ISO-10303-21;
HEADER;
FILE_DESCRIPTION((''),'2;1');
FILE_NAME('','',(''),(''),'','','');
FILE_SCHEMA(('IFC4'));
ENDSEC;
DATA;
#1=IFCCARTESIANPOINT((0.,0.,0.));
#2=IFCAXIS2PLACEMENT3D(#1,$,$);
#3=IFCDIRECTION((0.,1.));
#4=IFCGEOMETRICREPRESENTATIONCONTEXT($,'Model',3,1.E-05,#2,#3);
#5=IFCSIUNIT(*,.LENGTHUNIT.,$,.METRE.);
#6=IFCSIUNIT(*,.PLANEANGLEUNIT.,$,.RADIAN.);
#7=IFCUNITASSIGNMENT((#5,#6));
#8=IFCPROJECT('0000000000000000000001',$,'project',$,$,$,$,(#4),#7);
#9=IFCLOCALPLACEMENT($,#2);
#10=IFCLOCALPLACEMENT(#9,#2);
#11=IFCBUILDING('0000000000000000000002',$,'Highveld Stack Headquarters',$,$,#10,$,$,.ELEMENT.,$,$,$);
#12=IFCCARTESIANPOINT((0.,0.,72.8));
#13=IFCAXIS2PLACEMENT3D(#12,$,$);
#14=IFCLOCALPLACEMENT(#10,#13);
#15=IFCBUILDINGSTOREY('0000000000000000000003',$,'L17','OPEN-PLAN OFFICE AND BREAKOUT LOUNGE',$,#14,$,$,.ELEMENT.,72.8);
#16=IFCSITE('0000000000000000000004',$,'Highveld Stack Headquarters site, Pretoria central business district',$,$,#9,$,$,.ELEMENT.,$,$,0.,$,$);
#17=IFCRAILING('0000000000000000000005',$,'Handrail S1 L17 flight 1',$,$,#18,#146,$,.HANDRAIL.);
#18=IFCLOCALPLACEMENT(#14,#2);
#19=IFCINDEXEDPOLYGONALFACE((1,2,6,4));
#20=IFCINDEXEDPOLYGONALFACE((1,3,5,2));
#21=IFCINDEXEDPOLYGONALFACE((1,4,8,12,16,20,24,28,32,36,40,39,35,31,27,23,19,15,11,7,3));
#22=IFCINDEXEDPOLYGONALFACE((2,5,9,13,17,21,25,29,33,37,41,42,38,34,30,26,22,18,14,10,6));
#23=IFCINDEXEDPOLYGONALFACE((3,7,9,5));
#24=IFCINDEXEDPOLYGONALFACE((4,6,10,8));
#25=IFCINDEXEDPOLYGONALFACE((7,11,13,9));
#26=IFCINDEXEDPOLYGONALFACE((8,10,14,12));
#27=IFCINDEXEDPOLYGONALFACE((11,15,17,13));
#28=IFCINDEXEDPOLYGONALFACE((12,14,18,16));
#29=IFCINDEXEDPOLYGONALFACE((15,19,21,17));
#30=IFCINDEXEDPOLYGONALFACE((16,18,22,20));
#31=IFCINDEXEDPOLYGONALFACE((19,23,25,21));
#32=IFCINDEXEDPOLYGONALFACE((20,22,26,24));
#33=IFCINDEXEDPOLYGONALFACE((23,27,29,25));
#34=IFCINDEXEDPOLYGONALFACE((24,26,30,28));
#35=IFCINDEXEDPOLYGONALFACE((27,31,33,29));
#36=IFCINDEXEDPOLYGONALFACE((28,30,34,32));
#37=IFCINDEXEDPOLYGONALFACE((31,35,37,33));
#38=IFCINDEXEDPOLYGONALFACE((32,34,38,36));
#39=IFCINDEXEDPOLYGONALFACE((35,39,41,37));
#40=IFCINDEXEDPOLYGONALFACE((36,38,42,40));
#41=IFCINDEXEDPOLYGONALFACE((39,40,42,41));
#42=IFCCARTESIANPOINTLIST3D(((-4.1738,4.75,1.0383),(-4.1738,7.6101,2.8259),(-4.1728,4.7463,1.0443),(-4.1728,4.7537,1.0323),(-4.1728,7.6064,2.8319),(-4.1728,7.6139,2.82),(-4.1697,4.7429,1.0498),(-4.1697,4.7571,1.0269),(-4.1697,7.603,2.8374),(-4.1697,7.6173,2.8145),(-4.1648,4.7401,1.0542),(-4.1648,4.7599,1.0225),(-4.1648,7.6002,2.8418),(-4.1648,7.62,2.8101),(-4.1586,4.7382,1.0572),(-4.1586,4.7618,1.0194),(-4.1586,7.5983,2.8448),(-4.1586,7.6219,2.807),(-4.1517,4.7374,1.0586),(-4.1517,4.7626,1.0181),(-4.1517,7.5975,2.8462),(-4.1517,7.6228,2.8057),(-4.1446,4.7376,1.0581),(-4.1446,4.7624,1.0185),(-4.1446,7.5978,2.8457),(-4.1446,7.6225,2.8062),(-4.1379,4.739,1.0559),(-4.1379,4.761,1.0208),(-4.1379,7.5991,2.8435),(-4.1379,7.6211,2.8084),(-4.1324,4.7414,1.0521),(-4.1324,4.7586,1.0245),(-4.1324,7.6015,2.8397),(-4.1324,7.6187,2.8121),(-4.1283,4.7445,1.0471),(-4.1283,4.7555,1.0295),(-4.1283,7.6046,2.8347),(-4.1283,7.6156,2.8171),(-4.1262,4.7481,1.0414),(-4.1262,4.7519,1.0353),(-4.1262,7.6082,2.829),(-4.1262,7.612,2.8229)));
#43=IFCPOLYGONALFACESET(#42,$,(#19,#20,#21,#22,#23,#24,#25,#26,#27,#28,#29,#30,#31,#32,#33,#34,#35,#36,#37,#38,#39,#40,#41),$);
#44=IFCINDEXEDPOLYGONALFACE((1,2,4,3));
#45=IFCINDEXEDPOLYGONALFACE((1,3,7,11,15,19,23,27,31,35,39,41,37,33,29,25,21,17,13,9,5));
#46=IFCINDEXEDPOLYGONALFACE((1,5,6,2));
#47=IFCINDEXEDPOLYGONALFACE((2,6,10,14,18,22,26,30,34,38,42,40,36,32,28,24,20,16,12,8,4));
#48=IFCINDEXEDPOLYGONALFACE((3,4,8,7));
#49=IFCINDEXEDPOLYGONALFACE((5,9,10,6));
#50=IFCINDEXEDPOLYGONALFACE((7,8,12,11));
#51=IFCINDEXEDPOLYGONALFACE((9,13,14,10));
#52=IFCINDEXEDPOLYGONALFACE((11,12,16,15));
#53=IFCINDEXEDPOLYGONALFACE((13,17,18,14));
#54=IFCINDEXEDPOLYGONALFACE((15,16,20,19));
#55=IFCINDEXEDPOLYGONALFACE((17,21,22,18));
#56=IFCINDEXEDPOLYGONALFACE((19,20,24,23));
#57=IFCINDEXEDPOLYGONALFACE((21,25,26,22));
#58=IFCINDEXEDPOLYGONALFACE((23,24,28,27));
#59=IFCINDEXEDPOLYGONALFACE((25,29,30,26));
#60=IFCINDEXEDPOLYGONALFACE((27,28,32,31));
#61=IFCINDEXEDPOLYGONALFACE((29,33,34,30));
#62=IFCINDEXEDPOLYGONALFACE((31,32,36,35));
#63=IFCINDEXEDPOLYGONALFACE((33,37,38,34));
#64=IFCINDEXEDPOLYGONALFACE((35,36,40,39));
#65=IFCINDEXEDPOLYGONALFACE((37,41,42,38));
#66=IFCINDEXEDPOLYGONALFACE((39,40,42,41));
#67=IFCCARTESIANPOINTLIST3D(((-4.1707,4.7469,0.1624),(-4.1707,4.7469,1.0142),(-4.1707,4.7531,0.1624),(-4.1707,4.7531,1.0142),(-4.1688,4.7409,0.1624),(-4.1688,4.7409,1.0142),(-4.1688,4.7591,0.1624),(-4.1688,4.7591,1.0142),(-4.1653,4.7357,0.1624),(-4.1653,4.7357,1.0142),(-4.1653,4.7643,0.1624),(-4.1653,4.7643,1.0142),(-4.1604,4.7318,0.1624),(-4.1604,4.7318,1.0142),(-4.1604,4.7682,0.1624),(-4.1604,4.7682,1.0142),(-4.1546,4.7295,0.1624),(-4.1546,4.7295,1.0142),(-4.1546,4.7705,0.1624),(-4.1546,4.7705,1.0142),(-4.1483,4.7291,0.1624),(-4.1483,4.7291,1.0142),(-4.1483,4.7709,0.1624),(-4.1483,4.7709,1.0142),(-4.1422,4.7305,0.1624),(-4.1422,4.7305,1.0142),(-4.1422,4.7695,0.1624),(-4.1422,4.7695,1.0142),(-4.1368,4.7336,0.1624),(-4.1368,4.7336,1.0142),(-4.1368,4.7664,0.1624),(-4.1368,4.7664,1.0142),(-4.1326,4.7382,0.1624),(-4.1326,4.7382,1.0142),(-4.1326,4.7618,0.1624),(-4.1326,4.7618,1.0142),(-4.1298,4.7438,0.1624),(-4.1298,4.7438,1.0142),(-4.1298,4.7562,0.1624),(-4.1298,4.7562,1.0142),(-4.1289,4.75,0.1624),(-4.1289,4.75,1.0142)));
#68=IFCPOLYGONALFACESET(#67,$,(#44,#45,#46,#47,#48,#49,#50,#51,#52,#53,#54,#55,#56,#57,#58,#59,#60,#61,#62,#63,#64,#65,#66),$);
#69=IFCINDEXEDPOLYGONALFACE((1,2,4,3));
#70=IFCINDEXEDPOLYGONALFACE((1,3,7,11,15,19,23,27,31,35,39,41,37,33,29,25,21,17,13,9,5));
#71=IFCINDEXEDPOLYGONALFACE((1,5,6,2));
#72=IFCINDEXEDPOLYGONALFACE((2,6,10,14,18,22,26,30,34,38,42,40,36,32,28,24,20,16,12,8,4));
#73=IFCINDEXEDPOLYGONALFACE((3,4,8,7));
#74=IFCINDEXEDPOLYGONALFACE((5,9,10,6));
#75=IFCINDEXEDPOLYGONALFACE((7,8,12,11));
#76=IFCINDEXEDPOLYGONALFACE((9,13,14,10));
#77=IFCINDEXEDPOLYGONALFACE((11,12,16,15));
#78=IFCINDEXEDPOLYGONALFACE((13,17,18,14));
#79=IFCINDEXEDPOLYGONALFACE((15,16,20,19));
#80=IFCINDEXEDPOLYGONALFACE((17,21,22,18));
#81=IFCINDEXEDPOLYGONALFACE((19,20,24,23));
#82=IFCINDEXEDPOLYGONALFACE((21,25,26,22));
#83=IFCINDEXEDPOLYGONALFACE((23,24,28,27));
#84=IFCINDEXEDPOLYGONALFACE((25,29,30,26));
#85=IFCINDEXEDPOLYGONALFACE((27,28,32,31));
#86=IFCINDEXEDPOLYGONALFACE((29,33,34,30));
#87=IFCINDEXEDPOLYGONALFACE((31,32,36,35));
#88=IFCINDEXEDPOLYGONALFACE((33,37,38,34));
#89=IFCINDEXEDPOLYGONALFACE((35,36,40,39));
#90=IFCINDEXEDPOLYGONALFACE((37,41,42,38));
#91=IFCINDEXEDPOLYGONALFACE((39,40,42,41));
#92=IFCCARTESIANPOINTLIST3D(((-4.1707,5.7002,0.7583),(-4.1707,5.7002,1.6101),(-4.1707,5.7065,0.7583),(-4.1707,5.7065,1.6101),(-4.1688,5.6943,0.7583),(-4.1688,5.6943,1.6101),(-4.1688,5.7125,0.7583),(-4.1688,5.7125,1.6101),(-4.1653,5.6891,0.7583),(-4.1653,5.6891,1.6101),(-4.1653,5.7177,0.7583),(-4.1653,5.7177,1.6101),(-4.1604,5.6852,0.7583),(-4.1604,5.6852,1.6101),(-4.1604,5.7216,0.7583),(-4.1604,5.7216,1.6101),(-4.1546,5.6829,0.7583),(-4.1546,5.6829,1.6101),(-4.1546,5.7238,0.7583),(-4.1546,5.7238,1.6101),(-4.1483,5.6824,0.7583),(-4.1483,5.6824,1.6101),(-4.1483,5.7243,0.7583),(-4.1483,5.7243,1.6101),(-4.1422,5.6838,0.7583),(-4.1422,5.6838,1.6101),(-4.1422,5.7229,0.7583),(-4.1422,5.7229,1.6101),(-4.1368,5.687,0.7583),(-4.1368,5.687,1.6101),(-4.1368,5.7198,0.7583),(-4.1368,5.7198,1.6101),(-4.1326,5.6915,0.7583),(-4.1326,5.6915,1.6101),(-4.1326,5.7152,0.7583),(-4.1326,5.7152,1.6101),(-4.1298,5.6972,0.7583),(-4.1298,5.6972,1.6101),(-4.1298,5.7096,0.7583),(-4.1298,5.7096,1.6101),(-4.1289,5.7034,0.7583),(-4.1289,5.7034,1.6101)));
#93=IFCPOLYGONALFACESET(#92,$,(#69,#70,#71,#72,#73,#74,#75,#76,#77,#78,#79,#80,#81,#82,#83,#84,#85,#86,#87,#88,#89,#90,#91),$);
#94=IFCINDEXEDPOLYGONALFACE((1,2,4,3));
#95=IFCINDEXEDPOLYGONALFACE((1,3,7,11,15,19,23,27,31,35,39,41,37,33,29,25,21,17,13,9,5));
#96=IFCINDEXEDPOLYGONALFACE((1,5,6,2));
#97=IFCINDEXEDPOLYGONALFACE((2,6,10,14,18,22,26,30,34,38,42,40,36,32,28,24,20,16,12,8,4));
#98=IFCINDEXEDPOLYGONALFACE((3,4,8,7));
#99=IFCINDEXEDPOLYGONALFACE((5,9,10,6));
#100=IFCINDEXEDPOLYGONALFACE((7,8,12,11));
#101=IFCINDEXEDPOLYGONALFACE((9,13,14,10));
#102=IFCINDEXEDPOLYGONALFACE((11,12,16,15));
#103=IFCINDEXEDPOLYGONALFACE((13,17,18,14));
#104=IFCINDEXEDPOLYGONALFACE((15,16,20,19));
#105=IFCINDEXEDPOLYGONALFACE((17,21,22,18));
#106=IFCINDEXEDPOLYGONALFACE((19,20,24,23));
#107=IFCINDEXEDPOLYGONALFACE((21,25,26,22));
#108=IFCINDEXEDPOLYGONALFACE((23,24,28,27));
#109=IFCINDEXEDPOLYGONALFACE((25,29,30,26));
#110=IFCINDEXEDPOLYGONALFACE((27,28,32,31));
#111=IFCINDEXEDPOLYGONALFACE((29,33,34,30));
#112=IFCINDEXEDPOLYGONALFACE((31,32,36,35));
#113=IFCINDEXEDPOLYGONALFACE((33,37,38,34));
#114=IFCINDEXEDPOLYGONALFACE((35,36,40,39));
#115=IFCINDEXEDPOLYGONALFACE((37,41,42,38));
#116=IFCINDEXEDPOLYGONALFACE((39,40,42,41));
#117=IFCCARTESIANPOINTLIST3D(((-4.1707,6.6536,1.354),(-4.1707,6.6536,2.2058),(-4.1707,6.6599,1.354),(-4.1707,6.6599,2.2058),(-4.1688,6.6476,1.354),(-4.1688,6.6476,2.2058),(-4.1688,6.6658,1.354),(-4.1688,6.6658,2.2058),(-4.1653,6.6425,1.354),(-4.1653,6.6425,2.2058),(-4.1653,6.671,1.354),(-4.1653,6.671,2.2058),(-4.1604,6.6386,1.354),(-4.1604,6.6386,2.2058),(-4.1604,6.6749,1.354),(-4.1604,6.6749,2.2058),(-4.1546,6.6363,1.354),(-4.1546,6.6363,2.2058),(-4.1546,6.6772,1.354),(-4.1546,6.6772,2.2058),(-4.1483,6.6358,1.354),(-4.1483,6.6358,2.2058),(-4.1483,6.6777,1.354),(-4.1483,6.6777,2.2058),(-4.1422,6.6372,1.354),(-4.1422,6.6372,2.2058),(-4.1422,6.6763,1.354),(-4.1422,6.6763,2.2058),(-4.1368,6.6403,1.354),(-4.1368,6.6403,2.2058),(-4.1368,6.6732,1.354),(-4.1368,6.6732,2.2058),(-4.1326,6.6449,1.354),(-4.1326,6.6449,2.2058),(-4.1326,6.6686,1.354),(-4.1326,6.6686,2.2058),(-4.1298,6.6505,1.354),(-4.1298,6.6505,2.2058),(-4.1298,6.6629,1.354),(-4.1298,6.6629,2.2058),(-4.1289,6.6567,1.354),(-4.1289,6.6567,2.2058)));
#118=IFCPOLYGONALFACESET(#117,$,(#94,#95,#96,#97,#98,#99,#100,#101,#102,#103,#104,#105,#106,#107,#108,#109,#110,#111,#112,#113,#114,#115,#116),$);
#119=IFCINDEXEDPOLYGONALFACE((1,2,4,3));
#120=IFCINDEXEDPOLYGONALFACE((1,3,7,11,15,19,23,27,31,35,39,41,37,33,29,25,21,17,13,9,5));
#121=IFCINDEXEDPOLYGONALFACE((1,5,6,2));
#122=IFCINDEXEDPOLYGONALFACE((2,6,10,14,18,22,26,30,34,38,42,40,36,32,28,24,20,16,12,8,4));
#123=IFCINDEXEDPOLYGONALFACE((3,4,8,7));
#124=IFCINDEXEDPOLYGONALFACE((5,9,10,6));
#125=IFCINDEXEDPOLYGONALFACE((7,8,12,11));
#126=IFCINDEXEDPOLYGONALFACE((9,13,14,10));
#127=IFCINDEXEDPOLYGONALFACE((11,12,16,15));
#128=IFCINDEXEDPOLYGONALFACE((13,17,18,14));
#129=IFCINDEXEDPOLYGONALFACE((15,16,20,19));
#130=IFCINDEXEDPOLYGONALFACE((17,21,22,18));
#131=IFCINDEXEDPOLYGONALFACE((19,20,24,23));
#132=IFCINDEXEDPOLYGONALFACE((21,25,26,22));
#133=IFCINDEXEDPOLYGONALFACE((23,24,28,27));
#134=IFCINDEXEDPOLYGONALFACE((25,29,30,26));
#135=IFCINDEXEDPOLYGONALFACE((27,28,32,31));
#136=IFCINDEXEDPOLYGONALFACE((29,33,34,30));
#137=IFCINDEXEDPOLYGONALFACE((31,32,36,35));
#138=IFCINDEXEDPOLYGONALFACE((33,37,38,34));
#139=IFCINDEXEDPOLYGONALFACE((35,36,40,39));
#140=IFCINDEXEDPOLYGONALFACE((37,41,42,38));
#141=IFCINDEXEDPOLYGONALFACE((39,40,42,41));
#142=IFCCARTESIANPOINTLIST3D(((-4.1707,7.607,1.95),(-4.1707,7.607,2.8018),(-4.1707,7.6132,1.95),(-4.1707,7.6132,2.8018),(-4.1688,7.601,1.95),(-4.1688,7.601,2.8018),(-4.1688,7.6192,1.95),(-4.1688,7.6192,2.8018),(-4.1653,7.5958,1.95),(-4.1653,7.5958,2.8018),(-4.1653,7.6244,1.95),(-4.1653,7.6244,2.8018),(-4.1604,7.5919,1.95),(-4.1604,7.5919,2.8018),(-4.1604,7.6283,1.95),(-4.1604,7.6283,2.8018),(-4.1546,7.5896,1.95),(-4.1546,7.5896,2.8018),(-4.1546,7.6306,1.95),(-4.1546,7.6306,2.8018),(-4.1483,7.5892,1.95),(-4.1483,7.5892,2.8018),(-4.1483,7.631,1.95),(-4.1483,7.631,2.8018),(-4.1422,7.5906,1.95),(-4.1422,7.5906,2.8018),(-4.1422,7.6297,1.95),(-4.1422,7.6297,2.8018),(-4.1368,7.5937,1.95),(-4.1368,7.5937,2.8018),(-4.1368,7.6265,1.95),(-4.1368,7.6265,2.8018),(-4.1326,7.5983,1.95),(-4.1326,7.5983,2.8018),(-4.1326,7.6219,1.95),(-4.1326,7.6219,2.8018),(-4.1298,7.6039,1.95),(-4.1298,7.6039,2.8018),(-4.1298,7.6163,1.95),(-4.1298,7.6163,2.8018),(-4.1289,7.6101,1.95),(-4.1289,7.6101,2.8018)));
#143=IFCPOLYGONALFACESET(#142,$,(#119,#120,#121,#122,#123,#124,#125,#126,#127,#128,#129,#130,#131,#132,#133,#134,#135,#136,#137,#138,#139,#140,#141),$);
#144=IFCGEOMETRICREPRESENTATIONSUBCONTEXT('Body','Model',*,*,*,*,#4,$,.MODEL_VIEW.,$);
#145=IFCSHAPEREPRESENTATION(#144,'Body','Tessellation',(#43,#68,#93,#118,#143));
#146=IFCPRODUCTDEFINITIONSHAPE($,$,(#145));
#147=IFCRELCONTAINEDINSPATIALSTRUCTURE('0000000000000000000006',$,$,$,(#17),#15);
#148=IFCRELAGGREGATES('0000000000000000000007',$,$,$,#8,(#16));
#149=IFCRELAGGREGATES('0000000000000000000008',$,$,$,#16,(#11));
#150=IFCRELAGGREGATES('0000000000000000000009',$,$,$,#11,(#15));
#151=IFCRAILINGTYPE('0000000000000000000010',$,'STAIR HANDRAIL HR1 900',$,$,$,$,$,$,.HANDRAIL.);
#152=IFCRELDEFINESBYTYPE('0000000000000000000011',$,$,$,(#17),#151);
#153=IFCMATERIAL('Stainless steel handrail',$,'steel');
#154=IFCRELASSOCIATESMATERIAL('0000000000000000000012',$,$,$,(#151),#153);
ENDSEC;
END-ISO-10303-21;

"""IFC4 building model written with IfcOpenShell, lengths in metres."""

from ifc_helpers import new_model, si_unit, direction, frame, origin, origin_2d, place, context, subcontext, project, spatial, circle, extrude, material, type_object, element, save


model = new_model("IFC4")

# Units and contexts
model_context = context("Model", 3, precision=1e-05, world=origin(), true_north=direction((0.0, 1.0)))
body_context = subcontext(model_context, "Body", "Model", "MODEL_VIEW")
ifc_project = project(units=[si_unit("LENGTHUNIT", "METRE"), si_unit("PLANEANGLEUNIT", "RADIAN")], contexts=[model_context])

# Site, building, storey
site_placement = place(None, origin())
site = spatial("IfcSite", under=ifc_project, at=site_placement, Name="Highveld Stack Headquarters site, Pretoria central business district", CompositionType="ELEMENT", RefElevation=0.0)
building_placement = place(site_placement, origin())
building = spatial("IfcBuilding", under=site, at=building_placement, Name="Highveld Stack Headquarters", CompositionType="ELEMENT")
storey_placement = place(building_placement, frame((0.0, 0.0, 72.8)))
storey = spatial("IfcBuildingStorey", under=building, at=storey_placement, Name="L17", Description="OPEN-PLAN OFFICE AND BREAKOUT LOUNGE", CompositionType="ELEMENT", Elevation=72.8)

# Railing
ifc_material_1 = material(Name="Stainless steel handrail", Category="steel")
railing_type = type_object("IfcRailingType", Name="STAIR HANDRAIL HR1 900", PredefinedType="HANDRAIL", material=ifc_material_1)
for number, where, name in (
    (1, (-4.1499, 4.75, 0.1624), "Handrail S1 L17 flight 1"),
):
    element("IfcRailing", number, at=place(storey_placement, frame(where)), inside=storey, type_object=railing_type, Name=name, PredefinedType="HANDRAIL", context=body_context, shape_type="SweptSolid", body=[
        extrude(circle(Radius=0.0239, at=origin_2d()), frame((0.0, 0.0, 0.876), z_axis=(0.0, 0.847994, 0.530005), x_axis=(-1.0, 0.0, 0.0)), (0.0, 0.0, 1.0), 3.3728),
        extrude(circle(Radius=0.021, at=origin_2d()), origin(), (0.0, 0.0, 1.0), 0.8518),
        extrude(circle(Radius=0.021, at=origin_2d()), frame((0.0, 0.9534, 0.5959)), (0.0, 0.0, 1.0), 0.8518),
        extrude(circle(Radius=0.021, at=origin_2d()), frame((0.0, 1.9067, 1.1917)), (0.0, 0.0, 1.0), 0.8518),
        extrude(circle(Radius=0.021, at=origin_2d()), frame((0.0, 2.8601, 1.7876)), (0.0, 0.0, 1.0), 0.8518),
    ])

save(model, "model.ifc")
